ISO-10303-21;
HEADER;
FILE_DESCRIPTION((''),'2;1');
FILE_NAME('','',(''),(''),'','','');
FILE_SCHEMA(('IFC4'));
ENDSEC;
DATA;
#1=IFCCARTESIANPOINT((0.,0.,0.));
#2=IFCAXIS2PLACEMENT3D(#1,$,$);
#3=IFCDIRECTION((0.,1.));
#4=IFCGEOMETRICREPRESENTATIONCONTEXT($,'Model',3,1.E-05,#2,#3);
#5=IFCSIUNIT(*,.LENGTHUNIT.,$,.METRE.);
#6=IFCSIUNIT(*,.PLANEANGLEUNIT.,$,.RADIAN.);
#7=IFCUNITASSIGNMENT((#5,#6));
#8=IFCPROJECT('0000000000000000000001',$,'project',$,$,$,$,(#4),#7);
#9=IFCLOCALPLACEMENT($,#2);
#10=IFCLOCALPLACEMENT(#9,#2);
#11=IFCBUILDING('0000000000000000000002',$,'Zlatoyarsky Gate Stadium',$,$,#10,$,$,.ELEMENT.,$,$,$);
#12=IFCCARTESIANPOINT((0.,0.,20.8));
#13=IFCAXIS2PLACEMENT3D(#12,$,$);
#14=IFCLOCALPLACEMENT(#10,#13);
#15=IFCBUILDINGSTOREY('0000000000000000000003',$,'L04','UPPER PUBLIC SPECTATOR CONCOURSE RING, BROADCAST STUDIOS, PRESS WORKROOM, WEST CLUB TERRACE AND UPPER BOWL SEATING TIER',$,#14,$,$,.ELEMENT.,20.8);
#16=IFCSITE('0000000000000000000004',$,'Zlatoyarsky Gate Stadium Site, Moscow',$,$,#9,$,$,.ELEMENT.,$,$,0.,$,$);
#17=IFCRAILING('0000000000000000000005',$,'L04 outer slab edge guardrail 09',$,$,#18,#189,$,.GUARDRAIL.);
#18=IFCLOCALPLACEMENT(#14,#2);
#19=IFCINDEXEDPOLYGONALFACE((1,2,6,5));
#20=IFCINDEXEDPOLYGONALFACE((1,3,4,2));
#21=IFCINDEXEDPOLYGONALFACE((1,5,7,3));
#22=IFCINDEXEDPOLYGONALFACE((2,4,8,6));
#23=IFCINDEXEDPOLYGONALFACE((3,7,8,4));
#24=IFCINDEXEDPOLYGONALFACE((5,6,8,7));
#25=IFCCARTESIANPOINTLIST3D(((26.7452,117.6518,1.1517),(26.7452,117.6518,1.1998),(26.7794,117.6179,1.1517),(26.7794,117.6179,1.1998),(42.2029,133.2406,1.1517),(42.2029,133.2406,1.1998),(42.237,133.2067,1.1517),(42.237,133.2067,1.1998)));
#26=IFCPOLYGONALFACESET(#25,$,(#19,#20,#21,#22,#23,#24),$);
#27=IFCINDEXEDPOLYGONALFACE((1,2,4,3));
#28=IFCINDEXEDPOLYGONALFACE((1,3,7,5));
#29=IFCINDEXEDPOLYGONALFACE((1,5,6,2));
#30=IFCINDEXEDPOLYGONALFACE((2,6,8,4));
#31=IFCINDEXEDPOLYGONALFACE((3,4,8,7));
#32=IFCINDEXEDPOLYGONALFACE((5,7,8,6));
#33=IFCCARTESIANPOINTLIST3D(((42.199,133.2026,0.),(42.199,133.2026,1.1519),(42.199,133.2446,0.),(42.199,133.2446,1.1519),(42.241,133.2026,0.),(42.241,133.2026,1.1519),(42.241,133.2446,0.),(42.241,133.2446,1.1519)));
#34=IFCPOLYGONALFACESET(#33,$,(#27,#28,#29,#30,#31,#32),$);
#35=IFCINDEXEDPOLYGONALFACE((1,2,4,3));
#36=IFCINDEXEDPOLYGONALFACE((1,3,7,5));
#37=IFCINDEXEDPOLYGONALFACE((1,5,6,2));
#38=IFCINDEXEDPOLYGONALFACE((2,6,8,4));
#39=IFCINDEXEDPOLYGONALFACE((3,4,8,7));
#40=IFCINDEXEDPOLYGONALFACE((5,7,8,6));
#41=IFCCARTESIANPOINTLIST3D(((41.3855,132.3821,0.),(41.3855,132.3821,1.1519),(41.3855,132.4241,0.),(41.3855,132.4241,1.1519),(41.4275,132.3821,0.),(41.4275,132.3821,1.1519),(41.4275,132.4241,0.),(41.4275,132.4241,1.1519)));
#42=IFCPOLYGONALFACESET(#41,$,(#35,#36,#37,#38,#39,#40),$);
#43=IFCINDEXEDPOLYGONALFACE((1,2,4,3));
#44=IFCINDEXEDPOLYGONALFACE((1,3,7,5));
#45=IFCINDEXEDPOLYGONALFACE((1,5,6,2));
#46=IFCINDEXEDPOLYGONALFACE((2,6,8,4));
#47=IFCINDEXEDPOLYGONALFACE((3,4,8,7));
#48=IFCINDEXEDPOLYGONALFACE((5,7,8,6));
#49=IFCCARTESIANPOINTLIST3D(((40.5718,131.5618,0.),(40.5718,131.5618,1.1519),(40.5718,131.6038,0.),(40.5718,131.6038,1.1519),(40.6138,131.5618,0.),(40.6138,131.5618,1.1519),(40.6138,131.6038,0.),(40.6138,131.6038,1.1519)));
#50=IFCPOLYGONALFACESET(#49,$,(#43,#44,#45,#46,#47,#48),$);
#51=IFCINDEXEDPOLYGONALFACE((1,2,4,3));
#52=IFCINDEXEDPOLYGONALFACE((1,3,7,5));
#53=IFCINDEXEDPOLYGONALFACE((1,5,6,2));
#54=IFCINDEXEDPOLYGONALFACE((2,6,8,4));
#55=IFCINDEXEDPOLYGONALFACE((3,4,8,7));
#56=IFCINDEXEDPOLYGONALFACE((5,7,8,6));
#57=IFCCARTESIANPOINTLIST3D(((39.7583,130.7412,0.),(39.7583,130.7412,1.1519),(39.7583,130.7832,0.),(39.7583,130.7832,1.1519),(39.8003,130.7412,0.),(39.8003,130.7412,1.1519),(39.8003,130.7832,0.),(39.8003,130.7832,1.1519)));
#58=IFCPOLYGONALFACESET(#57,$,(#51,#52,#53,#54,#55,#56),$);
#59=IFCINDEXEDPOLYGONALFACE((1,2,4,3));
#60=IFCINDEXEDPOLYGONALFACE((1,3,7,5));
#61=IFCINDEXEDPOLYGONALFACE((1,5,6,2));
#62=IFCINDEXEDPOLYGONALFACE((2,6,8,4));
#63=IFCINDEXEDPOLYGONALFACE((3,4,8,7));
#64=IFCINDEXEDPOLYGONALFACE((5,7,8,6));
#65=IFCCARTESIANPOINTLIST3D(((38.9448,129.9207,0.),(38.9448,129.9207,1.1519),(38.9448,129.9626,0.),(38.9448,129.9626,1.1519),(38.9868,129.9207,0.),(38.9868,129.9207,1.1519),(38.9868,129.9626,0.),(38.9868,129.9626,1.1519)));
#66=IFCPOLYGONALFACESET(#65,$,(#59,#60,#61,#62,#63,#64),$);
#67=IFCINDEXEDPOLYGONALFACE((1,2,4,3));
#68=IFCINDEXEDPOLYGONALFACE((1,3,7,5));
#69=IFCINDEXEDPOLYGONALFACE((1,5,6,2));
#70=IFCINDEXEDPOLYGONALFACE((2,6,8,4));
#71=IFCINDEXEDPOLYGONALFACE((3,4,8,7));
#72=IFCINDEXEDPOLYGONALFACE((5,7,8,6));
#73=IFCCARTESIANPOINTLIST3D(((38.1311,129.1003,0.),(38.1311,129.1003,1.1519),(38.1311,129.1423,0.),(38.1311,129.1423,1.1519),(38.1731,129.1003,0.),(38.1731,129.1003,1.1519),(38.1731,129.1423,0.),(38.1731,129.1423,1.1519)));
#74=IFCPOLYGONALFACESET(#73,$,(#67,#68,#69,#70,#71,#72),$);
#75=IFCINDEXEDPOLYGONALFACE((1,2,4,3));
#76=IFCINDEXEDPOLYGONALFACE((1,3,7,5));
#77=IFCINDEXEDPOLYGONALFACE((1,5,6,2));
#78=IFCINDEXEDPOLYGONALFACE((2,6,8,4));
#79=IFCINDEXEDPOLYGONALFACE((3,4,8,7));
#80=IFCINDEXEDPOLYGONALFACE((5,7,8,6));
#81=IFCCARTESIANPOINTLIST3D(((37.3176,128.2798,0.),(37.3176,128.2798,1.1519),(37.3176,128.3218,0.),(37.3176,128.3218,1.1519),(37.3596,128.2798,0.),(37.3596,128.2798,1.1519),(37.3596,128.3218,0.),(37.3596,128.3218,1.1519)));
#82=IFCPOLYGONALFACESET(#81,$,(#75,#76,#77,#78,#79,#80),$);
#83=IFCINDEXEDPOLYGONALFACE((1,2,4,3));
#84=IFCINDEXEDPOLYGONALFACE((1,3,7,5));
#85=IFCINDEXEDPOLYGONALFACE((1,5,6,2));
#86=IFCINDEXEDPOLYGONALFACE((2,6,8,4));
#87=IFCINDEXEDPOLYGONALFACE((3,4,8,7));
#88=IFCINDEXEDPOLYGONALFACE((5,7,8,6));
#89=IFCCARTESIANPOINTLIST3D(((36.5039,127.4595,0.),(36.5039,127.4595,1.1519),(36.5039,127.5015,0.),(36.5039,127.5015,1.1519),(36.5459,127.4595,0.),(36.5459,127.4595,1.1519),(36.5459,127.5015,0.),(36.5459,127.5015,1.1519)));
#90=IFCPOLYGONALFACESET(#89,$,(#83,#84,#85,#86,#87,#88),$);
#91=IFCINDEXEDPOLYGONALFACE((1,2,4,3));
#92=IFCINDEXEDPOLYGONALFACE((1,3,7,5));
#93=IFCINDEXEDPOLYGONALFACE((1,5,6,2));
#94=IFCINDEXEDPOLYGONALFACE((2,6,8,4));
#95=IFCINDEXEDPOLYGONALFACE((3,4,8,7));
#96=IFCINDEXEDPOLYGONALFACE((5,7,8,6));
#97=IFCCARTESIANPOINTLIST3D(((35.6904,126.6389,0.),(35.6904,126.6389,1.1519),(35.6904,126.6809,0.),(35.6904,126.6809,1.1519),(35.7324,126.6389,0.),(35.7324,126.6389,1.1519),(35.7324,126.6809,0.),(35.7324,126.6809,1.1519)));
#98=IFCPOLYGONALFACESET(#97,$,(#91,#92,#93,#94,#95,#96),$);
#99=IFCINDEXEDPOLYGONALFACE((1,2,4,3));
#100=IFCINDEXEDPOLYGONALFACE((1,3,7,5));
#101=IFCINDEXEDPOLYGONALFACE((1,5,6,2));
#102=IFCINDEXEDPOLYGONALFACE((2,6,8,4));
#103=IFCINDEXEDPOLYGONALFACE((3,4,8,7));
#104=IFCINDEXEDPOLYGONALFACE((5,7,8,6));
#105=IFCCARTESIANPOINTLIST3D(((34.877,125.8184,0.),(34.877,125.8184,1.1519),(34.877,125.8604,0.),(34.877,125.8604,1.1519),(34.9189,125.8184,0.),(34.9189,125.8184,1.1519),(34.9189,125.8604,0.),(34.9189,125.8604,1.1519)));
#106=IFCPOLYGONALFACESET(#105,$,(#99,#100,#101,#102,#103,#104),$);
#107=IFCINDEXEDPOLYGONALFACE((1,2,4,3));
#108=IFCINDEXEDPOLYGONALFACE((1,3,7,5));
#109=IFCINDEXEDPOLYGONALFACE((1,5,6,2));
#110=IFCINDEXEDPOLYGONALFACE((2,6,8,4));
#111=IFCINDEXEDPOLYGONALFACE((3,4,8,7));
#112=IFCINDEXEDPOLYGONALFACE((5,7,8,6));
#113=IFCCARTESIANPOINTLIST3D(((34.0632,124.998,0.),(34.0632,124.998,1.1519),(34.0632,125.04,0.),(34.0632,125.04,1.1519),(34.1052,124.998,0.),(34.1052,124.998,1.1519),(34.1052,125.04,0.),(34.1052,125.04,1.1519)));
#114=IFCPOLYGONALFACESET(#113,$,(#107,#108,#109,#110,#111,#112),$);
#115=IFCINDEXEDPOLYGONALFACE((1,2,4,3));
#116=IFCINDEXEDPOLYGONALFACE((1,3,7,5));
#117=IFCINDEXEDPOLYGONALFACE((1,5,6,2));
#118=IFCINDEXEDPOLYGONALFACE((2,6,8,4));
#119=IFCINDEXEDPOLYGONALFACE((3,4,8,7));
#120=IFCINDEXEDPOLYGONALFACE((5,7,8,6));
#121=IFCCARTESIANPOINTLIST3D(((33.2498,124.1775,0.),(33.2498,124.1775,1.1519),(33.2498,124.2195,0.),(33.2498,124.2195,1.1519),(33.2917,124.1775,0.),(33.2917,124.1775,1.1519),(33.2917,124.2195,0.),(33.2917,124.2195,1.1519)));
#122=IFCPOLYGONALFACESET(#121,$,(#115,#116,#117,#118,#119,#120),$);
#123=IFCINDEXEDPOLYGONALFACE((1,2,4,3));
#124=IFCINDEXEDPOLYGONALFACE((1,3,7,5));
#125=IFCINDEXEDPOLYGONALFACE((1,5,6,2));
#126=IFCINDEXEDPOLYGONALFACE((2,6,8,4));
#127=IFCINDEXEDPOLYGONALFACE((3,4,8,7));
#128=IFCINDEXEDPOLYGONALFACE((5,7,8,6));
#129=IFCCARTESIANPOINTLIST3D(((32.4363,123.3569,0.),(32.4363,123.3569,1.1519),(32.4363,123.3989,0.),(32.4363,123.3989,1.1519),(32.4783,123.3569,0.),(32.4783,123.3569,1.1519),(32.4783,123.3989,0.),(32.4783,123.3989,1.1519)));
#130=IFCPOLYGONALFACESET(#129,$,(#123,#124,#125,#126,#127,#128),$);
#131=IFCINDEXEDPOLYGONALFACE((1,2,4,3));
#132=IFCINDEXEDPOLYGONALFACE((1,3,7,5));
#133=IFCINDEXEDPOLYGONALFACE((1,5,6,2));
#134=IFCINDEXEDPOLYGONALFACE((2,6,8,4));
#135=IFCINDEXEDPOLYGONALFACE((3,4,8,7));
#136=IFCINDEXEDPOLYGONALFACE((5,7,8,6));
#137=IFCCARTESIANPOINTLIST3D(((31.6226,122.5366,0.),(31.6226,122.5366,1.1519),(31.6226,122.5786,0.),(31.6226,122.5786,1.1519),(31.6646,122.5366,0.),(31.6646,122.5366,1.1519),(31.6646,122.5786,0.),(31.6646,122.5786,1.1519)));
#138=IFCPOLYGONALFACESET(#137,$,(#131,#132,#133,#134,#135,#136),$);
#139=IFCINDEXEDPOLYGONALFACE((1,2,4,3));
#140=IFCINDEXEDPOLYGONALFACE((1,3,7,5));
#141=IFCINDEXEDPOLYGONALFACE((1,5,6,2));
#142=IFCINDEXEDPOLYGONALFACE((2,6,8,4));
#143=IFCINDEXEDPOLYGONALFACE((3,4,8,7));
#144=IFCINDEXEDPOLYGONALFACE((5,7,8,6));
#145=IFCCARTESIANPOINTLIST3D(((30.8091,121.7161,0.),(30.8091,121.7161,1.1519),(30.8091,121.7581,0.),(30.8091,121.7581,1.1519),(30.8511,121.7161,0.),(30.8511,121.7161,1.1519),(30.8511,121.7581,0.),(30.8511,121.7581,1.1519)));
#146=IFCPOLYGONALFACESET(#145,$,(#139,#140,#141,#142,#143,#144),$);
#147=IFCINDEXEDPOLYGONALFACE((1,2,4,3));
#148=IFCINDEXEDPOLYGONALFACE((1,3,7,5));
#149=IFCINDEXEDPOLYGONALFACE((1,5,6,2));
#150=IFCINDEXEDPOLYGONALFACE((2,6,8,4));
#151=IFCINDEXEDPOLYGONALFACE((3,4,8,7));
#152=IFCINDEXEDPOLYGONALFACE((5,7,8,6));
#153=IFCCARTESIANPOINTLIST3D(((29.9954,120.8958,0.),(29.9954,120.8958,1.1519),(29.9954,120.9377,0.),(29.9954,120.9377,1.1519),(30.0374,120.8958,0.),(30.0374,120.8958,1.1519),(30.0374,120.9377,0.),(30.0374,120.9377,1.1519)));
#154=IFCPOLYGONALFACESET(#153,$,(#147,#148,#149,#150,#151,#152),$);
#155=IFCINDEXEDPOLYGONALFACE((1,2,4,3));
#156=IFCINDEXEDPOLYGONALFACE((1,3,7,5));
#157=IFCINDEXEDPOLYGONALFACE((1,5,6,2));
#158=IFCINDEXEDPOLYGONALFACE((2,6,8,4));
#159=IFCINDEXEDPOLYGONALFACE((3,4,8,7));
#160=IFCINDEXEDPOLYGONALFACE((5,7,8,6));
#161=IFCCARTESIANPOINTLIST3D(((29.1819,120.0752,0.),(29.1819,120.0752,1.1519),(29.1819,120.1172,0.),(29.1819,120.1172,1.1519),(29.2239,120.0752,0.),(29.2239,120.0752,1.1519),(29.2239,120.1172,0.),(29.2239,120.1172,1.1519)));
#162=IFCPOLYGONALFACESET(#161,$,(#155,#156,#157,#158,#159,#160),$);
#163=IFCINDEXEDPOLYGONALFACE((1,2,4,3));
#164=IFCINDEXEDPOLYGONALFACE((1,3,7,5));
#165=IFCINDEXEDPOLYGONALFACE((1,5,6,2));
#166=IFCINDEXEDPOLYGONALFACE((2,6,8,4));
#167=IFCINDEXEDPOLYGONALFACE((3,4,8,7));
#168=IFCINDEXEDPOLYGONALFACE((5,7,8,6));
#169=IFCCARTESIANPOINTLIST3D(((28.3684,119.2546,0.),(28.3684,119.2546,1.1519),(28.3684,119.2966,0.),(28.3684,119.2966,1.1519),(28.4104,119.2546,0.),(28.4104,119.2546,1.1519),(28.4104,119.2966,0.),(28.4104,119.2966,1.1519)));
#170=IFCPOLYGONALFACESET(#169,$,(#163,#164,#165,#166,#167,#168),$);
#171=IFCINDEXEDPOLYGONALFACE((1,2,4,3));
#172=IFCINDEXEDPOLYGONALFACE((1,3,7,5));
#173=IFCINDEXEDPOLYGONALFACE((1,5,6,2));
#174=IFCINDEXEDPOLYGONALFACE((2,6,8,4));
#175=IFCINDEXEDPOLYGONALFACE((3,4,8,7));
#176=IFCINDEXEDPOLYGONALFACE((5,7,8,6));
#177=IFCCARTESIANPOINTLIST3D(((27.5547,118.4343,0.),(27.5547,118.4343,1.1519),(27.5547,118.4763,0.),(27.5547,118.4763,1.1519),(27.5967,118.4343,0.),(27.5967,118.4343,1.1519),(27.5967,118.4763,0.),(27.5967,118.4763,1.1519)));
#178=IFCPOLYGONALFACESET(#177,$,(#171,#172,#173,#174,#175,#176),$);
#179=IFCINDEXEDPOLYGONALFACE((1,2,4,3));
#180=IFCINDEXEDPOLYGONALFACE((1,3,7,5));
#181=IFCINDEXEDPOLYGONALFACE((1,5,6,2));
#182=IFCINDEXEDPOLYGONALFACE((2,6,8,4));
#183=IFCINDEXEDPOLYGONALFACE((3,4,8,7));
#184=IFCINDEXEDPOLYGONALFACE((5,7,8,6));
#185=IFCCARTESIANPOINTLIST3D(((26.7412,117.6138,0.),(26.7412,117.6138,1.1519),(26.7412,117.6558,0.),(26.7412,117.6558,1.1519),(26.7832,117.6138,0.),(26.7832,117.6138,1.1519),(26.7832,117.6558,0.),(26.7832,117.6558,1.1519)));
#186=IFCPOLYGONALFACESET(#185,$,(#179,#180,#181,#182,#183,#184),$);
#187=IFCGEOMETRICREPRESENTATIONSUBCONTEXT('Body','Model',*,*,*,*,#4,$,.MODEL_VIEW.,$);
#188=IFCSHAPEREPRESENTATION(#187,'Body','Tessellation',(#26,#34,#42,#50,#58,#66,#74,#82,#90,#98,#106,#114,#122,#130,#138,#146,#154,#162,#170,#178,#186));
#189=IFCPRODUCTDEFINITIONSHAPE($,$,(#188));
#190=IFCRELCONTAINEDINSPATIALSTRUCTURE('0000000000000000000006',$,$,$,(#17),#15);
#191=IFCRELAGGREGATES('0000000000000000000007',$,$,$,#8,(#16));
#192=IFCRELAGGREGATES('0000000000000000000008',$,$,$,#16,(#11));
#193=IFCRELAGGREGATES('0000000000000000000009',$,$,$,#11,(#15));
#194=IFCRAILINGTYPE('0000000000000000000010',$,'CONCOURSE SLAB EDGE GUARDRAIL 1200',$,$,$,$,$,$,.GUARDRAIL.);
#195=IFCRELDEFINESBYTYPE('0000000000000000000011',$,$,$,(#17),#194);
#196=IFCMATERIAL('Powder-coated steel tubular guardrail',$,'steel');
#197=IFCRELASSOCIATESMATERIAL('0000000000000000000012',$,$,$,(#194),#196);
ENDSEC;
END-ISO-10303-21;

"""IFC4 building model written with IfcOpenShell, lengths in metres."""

from ifc_helpers import new_model, si_unit, direction, frame, origin, origin_2d, place, context, subcontext, project, spatial, rectangle, extrude, material, type_object, element, save


model = new_model("IFC4")

# Units and contexts
model_context = context("Model", 3, precision=1e-05, world=origin(), true_north=direction((0.0, 1.0)))
body_context = subcontext(model_context, "Body", "Model", "MODEL_VIEW")
ifc_project = project(units=[si_unit("LENGTHUNIT", "METRE"), si_unit("PLANEANGLEUNIT", "RADIAN")], contexts=[model_context])

# Site, building, storey
site_placement = place(None, origin())
site = spatial("IfcSite", under=ifc_project, at=site_placement, Name="Zlatoyarsky Gate Stadium Site, Moscow", CompositionType="ELEMENT", RefElevation=0.0)
building_placement = place(site_placement, origin())
building = spatial("IfcBuilding", under=site, at=building_placement, Name="Zlatoyarsky Gate Stadium", CompositionType="ELEMENT")
storey_placement = place(building_placement, frame((0.0, 0.0, 20.8)))
storey = spatial("IfcBuildingStorey", under=building, at=storey_placement, Name="L04", Description="UPPER PUBLIC SPECTATOR CONCOURSE RING, BROADCAST STUDIOS, PRESS WORKROOM, WEST CLUB TERRACE AND UPPER BOWL SEATING TIER", CompositionType="ELEMENT", Elevation=20.8)

# Railing
ifc_material_1 = material(Name="Powder-coated steel tubular guardrail", Category="steel")
railing_type = type_object("IfcRailingType", Name="CONCOURSE SLAB EDGE GUARDRAIL 1200", PredefinedType="GUARDRAIL", material=ifc_material_1)
railing_placement = place(storey_placement, frame((42.22, 133.2236, 0.0)))
element("IfcRailing", 1, at=railing_placement, inside=storey, type_object=railing_type, Name="L04 outer slab edge guardrail 09", PredefinedType="GUARDRAIL", context=body_context, shape_type="SweptSolid", body=[
    extrude(rectangle(XDim=0.0481, YDim=0.0481, at=origin_2d()), frame((0.0, 0.0, 1.1758), z_axis=(-0.704115, -0.710086, 0.0), x_axis=(0.710086, -0.704115, 0.0)), (0.0, 0.0, 1.0), 21.9534),
    extrude(rectangle(XDim=0.042, YDim=0.042, at=origin_2d()), origin(), (0.0, 0.0, 1.0), 1.1519),
    extrude(rectangle(XDim=0.042, YDim=0.042, at=origin_2d()), frame((-0.8135, -0.8206, 0.0)), (0.0, 0.0, 1.0), 1.1519),
    extrude(rectangle(XDim=0.042, YDim=0.042, at=origin_2d()), frame((-1.6272, -1.6409, 0.0)), (0.0, 0.0, 1.0), 1.1519),
    extrude(rectangle(XDim=0.042, YDim=0.042, at=origin_2d()), frame((-2.4407, -2.4614, 0.0)), (0.0, 0.0, 1.0), 1.1519),
    extrude(rectangle(XDim=0.042, YDim=0.042, at=origin_2d()), frame((-3.2542, -3.282, 0.0)), (0.0, 0.0, 1.0), 1.1519),
    extrude(rectangle(XDim=0.042, YDim=0.042, at=origin_2d()), frame((-4.0679, -4.1023, 0.0)), (0.0, 0.0, 1.0), 1.1519),
    extrude(rectangle(XDim=0.042, YDim=0.042, at=origin_2d()), frame((-4.8813, -4.9229, 0.0)), (0.0, 0.0, 1.0), 1.1519),
    extrude(rectangle(XDim=0.042, YDim=0.042, at=origin_2d()), frame((-5.6951, -5.7432, 0.0)), (0.0, 0.0, 1.0), 1.1519),
    extrude(rectangle(XDim=0.042, YDim=0.042, at=origin_2d()), frame((-6.5085, -6.5637, 0.0)), (0.0, 0.0, 1.0), 1.1519),
    extrude(rectangle(XDim=0.042, YDim=0.042, at=origin_2d()), frame((-7.322, -7.3843, 0.0)), (0.0, 0.0, 1.0), 1.1519),
    extrude(rectangle(XDim=0.042, YDim=0.042, at=origin_2d()), frame((-8.1357, -8.2046, 0.0)), (0.0, 0.0, 1.0), 1.1519),
    extrude(rectangle(XDim=0.042, YDim=0.042, at=origin_2d()), frame((-8.9492, -9.0251, 0.0)), (0.0, 0.0, 1.0), 1.1519),
    extrude(rectangle(XDim=0.042, YDim=0.042, at=origin_2d()), frame((-9.7627, -9.8457, 0.0)), (0.0, 0.0, 1.0), 1.1519),
    extrude(rectangle(XDim=0.042, YDim=0.042, at=origin_2d()), frame((-10.5764, -10.666, 0.0)), (0.0, 0.0, 1.0), 1.1519),
    extrude(rectangle(XDim=0.042, YDim=0.042, at=origin_2d()), frame((-11.3899, -11.4866, 0.0)), (0.0, 0.0, 1.0), 1.1519),
    extrude(rectangle(XDim=0.042, YDim=0.042, at=origin_2d()), frame((-12.2036, -12.3069, 0.0)), (0.0, 0.0, 1.0), 1.1519),
    extrude(rectangle(XDim=0.042, YDim=0.042, at=origin_2d()), frame((-13.0171, -13.1274, 0.0)), (0.0, 0.0, 1.0), 1.1519),
    extrude(rectangle(XDim=0.042, YDim=0.042, at=origin_2d()), frame((-13.8306, -13.948, 0.0)), (0.0, 0.0, 1.0), 1.1519),
    extrude(rectangle(XDim=0.042, YDim=0.042, at=origin_2d()), frame((-14.6443, -14.7683, 0.0)), (0.0, 0.0, 1.0), 1.1519),
    extrude(rectangle(XDim=0.042, YDim=0.042, at=origin_2d()), frame((-15.4578, -15.5889, 0.0)), (0.0, 0.0, 1.0), 1.1519),
])

save(model, "model.ifc")
